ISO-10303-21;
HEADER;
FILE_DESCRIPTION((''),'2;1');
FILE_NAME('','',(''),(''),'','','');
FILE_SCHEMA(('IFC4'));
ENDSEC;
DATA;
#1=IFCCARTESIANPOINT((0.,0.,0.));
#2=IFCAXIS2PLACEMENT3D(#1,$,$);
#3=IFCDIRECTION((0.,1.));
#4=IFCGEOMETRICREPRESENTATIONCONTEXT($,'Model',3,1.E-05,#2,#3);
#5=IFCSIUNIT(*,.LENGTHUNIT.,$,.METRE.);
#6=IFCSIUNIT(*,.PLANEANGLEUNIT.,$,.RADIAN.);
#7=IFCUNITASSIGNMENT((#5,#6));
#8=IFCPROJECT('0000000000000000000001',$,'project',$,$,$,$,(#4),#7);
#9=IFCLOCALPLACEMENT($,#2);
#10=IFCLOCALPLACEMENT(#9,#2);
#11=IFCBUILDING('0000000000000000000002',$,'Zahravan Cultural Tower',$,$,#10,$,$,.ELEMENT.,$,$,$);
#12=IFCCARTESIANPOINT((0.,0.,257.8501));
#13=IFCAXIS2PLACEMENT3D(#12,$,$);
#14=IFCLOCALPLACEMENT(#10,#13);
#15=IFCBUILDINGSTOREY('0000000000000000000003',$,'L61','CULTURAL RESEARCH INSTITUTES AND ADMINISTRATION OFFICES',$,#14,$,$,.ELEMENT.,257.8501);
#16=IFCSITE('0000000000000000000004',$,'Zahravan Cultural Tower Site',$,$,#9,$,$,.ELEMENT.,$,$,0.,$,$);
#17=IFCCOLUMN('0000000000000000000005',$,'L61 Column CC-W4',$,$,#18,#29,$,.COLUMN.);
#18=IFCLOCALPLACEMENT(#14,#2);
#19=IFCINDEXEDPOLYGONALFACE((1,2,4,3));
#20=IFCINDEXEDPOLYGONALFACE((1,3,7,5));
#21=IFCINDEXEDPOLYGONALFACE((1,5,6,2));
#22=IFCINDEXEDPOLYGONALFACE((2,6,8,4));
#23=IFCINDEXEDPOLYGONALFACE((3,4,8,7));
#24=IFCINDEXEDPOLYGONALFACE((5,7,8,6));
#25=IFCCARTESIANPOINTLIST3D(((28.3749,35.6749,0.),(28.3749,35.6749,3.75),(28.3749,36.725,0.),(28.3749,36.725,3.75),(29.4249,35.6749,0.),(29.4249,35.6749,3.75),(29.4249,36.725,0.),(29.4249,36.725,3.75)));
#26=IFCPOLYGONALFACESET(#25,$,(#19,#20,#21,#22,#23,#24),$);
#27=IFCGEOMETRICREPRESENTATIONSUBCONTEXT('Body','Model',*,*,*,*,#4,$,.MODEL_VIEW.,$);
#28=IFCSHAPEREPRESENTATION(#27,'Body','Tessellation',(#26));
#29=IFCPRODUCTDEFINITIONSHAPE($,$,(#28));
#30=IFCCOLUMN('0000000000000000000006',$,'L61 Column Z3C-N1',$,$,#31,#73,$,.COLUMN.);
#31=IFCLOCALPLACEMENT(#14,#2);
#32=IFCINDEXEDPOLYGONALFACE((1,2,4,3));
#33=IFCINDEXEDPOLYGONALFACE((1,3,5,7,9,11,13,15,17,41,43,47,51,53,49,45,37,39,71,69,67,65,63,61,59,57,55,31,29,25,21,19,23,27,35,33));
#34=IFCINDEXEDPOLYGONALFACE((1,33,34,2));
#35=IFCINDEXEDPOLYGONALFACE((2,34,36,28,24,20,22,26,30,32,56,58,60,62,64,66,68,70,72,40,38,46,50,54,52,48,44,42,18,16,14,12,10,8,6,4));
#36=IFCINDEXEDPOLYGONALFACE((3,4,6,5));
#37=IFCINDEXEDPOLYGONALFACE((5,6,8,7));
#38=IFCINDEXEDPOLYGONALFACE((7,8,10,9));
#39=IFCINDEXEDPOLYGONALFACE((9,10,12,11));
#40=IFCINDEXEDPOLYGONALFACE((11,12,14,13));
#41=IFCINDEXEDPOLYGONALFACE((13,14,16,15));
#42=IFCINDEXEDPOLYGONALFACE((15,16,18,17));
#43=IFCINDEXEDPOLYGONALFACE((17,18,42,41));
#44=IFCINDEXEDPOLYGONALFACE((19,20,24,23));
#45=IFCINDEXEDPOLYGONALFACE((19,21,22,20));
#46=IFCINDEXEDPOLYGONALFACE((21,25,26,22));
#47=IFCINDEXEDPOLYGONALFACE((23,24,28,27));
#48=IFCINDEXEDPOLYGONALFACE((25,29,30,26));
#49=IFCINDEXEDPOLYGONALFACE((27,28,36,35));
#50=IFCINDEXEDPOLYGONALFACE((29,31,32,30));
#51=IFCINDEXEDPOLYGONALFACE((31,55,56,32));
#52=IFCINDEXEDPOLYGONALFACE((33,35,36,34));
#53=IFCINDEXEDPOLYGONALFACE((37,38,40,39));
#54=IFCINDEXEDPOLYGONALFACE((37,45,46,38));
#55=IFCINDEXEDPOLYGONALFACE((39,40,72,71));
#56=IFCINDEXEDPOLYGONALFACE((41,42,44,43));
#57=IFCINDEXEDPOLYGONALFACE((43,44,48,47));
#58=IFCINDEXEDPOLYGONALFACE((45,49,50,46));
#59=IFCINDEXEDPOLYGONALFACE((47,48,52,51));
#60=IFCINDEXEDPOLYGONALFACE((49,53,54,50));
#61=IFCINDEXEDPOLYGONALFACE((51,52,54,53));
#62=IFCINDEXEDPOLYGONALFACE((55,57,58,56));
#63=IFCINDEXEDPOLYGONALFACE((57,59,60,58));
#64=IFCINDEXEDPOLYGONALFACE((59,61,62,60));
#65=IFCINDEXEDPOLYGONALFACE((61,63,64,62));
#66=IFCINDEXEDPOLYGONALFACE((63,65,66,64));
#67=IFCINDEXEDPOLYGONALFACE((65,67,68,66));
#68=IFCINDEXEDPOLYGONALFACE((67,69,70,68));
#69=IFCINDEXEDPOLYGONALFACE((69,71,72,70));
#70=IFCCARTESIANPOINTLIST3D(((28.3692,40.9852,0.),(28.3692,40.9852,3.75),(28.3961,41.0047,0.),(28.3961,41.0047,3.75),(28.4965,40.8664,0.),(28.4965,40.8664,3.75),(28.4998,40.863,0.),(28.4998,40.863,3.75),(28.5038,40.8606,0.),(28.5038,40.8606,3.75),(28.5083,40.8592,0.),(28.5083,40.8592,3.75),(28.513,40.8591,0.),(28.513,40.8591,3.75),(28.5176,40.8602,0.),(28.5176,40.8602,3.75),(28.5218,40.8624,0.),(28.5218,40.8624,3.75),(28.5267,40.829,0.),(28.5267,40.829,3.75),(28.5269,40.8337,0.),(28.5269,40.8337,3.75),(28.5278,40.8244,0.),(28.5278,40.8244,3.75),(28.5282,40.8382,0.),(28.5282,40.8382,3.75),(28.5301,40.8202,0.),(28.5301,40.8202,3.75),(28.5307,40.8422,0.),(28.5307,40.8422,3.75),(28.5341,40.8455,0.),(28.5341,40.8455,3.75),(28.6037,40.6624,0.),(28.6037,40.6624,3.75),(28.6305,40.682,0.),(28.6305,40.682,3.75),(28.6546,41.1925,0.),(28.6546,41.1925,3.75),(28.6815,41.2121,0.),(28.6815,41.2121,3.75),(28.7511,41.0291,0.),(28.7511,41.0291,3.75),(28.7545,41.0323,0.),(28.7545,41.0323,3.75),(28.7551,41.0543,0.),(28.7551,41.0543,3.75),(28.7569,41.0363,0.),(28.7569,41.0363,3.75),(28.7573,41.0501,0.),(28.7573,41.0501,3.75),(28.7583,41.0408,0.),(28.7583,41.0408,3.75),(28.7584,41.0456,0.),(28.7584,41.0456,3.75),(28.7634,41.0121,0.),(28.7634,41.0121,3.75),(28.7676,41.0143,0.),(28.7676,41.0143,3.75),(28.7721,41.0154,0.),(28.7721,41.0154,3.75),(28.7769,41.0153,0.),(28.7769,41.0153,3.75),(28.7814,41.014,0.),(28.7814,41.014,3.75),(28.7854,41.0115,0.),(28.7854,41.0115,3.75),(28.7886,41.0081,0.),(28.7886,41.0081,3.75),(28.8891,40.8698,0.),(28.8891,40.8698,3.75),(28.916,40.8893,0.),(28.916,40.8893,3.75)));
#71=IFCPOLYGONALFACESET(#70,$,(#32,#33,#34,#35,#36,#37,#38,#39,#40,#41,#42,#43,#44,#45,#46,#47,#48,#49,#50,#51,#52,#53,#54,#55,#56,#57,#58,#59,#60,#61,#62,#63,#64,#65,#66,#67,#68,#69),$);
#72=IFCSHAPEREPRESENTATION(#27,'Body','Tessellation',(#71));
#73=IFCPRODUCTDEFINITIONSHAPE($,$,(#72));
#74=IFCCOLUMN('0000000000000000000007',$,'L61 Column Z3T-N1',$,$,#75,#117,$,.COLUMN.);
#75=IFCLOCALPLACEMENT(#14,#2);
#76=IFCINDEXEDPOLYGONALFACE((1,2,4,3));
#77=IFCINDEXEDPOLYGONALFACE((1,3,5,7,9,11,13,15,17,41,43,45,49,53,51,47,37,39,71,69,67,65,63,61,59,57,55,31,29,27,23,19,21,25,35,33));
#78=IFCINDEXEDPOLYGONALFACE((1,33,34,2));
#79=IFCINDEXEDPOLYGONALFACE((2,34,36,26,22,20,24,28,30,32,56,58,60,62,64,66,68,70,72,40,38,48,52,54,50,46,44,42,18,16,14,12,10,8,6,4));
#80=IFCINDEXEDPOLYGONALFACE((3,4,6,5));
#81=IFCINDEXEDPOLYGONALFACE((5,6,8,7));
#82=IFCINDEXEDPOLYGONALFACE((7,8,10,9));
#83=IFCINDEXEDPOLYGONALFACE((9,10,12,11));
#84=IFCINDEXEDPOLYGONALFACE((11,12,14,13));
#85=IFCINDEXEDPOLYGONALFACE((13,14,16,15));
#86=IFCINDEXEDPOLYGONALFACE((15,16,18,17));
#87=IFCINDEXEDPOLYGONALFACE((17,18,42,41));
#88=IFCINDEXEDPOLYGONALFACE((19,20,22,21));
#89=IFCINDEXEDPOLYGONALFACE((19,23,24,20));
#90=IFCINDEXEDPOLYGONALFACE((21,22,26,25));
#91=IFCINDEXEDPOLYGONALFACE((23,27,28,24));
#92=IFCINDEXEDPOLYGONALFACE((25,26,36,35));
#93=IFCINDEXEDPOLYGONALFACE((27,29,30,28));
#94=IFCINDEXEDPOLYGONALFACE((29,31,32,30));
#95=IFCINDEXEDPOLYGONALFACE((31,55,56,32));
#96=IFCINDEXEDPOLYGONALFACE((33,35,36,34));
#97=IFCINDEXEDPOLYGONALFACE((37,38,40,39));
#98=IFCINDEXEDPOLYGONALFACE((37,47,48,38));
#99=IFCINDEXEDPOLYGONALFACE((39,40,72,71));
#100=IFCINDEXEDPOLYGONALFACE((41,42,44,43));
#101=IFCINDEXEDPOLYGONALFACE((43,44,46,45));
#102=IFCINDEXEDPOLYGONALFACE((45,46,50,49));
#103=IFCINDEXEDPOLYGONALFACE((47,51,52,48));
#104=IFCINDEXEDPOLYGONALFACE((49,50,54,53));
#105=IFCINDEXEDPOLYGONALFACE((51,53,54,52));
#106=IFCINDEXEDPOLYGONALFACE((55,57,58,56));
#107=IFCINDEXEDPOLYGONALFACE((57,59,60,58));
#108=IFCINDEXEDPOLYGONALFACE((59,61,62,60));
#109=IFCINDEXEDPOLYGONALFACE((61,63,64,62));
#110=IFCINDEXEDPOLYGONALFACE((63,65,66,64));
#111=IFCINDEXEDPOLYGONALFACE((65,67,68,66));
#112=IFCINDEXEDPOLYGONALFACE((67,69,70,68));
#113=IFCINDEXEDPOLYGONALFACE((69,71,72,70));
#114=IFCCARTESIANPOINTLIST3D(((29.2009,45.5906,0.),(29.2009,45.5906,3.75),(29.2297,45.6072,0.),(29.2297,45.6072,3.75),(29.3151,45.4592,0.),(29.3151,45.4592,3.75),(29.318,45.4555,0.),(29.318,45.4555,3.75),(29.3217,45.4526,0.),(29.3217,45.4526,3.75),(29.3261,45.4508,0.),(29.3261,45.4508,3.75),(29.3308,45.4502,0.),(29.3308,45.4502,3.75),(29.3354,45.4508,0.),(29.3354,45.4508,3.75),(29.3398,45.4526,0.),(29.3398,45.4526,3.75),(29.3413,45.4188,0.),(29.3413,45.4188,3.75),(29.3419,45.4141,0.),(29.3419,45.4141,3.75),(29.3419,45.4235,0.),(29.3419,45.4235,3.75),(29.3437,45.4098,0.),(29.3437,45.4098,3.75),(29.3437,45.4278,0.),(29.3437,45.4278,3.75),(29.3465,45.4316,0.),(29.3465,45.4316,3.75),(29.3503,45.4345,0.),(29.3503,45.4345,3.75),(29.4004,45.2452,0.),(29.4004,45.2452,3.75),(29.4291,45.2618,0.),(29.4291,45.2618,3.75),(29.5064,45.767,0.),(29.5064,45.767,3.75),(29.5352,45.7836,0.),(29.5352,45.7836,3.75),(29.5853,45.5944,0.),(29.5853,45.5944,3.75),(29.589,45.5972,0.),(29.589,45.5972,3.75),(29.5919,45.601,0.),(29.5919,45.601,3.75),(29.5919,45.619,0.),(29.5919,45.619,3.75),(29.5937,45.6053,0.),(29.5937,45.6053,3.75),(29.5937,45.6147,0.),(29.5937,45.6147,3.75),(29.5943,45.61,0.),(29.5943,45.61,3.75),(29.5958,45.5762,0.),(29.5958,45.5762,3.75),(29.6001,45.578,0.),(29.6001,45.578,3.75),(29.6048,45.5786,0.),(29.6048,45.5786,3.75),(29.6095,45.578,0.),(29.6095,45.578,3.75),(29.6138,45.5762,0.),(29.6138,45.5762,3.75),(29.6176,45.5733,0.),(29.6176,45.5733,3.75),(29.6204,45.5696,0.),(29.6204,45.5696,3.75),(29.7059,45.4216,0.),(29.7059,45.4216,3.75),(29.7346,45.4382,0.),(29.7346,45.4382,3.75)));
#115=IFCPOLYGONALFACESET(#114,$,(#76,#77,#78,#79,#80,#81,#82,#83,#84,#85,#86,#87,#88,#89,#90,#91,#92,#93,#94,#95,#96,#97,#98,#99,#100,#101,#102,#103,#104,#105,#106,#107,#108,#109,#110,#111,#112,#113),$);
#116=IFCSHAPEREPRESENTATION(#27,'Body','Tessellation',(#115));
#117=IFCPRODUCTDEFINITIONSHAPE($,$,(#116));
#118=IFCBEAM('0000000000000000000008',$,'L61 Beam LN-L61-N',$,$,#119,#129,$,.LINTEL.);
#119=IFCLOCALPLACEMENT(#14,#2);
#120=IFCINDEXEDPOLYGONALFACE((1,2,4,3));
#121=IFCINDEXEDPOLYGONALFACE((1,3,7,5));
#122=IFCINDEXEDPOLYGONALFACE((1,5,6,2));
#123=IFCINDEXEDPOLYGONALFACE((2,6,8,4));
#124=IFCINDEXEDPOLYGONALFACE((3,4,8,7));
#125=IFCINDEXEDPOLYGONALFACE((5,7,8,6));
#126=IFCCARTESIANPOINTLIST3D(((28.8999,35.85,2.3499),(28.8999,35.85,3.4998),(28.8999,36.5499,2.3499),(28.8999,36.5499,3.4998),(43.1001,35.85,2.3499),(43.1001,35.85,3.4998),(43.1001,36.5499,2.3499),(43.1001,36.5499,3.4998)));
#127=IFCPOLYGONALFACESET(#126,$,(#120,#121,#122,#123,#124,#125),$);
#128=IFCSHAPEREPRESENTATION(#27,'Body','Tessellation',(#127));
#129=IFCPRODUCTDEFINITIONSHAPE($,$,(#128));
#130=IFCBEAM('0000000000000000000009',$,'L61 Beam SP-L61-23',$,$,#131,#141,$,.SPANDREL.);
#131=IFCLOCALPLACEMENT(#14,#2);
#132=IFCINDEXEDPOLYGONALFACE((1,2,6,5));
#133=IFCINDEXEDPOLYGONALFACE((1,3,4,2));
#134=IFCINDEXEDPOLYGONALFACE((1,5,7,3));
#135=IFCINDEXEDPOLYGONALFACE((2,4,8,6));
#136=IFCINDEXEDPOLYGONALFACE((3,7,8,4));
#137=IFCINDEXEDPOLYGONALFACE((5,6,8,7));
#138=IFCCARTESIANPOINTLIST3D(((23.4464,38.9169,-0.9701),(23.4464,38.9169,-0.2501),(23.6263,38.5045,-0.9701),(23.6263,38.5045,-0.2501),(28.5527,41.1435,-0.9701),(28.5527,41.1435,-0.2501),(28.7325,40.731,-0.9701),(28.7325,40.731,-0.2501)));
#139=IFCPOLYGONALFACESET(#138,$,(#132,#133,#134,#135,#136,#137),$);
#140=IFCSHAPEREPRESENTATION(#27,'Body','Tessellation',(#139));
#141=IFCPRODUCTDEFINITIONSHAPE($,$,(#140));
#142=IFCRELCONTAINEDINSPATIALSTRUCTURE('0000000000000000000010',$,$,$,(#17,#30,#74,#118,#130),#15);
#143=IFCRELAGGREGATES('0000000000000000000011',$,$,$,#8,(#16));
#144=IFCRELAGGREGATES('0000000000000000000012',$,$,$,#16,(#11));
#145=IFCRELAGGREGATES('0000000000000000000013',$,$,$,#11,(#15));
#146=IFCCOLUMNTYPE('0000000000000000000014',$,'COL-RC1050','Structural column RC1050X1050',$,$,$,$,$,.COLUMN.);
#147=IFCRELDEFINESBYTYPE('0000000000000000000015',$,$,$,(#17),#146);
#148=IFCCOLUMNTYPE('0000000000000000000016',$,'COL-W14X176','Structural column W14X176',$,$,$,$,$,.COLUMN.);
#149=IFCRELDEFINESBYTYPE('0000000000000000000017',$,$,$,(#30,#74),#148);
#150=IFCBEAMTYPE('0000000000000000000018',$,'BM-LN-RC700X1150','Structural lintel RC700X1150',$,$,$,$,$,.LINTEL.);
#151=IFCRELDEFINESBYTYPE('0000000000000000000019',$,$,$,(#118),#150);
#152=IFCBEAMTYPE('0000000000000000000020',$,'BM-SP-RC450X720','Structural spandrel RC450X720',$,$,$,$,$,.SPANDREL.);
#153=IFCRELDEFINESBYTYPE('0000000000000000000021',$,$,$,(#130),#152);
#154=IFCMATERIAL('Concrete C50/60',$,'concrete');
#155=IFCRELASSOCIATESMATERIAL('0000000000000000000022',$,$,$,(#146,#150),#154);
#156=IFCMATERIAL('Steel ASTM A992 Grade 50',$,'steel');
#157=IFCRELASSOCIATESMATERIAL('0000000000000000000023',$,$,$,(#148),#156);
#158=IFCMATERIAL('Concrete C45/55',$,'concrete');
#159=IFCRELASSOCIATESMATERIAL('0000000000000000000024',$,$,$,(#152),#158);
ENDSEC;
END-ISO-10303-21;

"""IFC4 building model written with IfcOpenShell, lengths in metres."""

from ifc_helpers import new_model, si_unit, direction, frame, origin, origin_2d, place, context, subcontext, project, spatial, rectangle, i_section, extrude, source, transform, mapped, material, material_profile, profile_set, type_object, element, save


model = new_model("IFC4")

# Units and contexts
model_context = context("Model", 3, precision=1e-05, world=origin(), true_north=direction((0.0, 1.0)))
body_context = subcontext(model_context, "Body", "Model", "MODEL_VIEW")
ifc_project = project(units=[si_unit("LENGTHUNIT", "METRE"), si_unit("PLANEANGLEUNIT", "RADIAN")], contexts=[model_context])

# Site, building, storey
site_placement = place(None, origin())
site = spatial("IfcSite", under=ifc_project, at=site_placement, Name="Zahravan Cultural Tower Site", CompositionType="ELEMENT", RefElevation=0.0)
building_placement = place(site_placement, origin())
building = spatial("IfcBuilding", under=site, at=building_placement, Name="Zahravan Cultural Tower", CompositionType="ELEMENT")
storey_placement = place(building_placement, frame((0.0, 0.0, 257.8501)))
storey = spatial("IfcBuildingStorey", under=building, at=storey_placement, Name="L61", Description="CULTURAL RESEARCH INSTITUTES AND ADMINISTRATION OFFICES", CompositionType="ELEMENT", Elevation=257.8501)

# Columns
ifc_material_1 = material(Name="Concrete C50/60", Category="concrete")
ifc_material_profile_1 = material_profile(ifc_material_1, rectangle(XDim=1.05, YDim=1.05, at=origin_2d()), Name="RC1050X1050")
ifc_profile_set_1 = profile_set([ifc_material_profile_1], Name="Concrete C50/60")
column_type_1 = type_object("IfcColumnType", Name="COL-RC1050", Description="Structural column RC1050X1050", PredefinedType="COLUMN", material=ifc_profile_set_1)
shared_shape_1 = source(origin(), body_context, "Body", "SweptSolid", [
    extrude(rectangle(XDim=1.05, YDim=1.05, at=origin_2d()), origin(), (0.0, 0.0, 1.0), 3.75),
])
column_placement = place(storey_placement, frame((28.8999, 36.2, 0.0), z_axis=(0.0, 0.0, 1.0), x_axis=(1.0, 0.0, 0.0)))
element("IfcColumn", 1, at=column_placement, inside=storey, type_object=column_type_1, Name="L61 Column CC-W4", PredefinedType="COLUMN", context=body_context, shape_type="MappedRepresentation", body=[
    mapped(shared_shape_1, transform((0.0, 0.0, 0.0), x_axis=(1.0, 0.0, 0.0), y_axis=(0.0, 1.0, 0.0), z_axis=(0.0, 0.0, 1.0), scale=1.0)),
])
ifc_material_2 = material(Name="Steel ASTM A992 Grade 50", Category="steel")
ifc_material_profile_2 = material_profile(ifc_material_2, i_section(OverallWidth=0.3989, OverallDepth=0.386, WebThickness=0.021, FlangeThickness=0.0332, FilletRadius=0.0181, at=origin_2d()), Name="W14X176")
ifc_profile_set_2 = profile_set([ifc_material_profile_2], Name="Steel ASTM A992 Grade 50")
column_type_2 = type_object("IfcColumnType", Name="COL-W14X176", Description="Structural column W14X176", PredefinedType="COLUMN", material=ifc_profile_set_2)
shared_shape_2 = source(origin(), body_context, "Body", "SweptSolid", [
    extrude(i_section(OverallWidth=0.3989, OverallDepth=0.386, WebThickness=0.021, FlangeThickness=0.0332, FilletRadius=0.0181, at=origin_2d()), origin(), (0.0, 0.0, 1.0), 3.75),
])
for number, where, z_axis, x_axis, name in (
    (2, (28.6426, 40.9373, 0.0), (0.0, 0.0, 1.0), (-0.587785, 0.809017, 0.0), "L61 Column Z3C-N1"),
    (3, (29.4678, 45.5144, 0.0), (0.0, 0.0, 1.0), (-0.5, 0.866025, 0.0), "L61 Column Z3T-N1"),
):
    element("IfcColumn", number, at=place(storey_placement, frame(where, z_axis=z_axis, x_axis=x_axis)), inside=storey, type_object=column_type_2, Name=name, PredefinedType="COLUMN", context=body_context, shape_type="MappedRepresentation", body=[
        mapped(shared_shape_2, transform((0.0, 0.0, 0.0), x_axis=(1.0, 0.0, 0.0), y_axis=(0.0, 1.0, 0.0), z_axis=(0.0, 0.0, 1.0), scale=1.0)),
    ])

# Beams
ifc_material_profile_3 = material_profile(ifc_material_1, rectangle(XDim=0.7, YDim=1.1499, at=origin_2d()), Name="RC700X1150")
ifc_profile_set_3 = profile_set([ifc_material_profile_3], Name="Concrete C50/60")
beam_type_1 = type_object("IfcBeamType", Name="BM-LN-RC700X1150", Description="Structural lintel RC700X1150", PredefinedType="LINTEL", material=ifc_profile_set_3)
shared_shape_3 = source(origin(), body_context, "Body", "SweptSolid", [
    extrude(rectangle(XDim=0.7, YDim=1.1499, at=origin_2d()), origin(), (0.0, 0.0, 1.0), 14.2002),
])
beam_1_placement = place(storey_placement, frame((28.8999, 36.2, 2.9248), z_axis=(1.0, 0.0, 0.0), x_axis=(0.0, 1.0, 0.0)))
element("IfcBeam", 4, at=beam_1_placement, inside=storey, type_object=beam_type_1, Name="L61 Beam LN-L61-N", PredefinedType="LINTEL", context=body_context, shape_type="MappedRepresentation", body=[
    mapped(shared_shape_3, transform((0.0, 0.0, 0.0), x_axis=(1.0, 0.0, 0.0), y_axis=(0.0, 1.0, 0.0), z_axis=(0.0, 0.0, 1.0), scale=1.0)),
])
ifc_material_3 = material(Name="Concrete C45/55", Category="concrete")
ifc_material_profile_4 = material_profile(ifc_material_3, rectangle(XDim=0.45, YDim=0.72, at=origin_2d()), Name="RC450X720")
ifc_profile_set_4 = profile_set([ifc_material_profile_4], Name="Concrete C45/55")
beam_type_2 = type_object("IfcBeamType", Name="BM-SP-RC450X720", Description="Structural spandrel RC450X720", PredefinedType="SPANDREL", material=ifc_profile_set_4)
shared_shape_4 = source(origin(), body_context, "Body", "SweptSolid", [
    extrude(rectangle(XDim=0.45, YDim=0.72, at=origin_2d()), origin(), (0.0, 0.0, 1.0), 5.5706),
])
beam_2_placement = place(storey_placement, frame((28.6426, 40.9373, -0.6101), z_axis=(-0.916645, -0.399703, 0.0), x_axis=(0.399703, -0.916645, 0.0)))
element("IfcBeam", 5, at=beam_2_placement, inside=storey, type_object=beam_type_2, Name="L61 Beam SP-L61-23", PredefinedType="SPANDREL", context=body_context, shape_type="MappedRepresentation", body=[
    mapped(shared_shape_4, transform((0.0, 0.0, 0.0), x_axis=(1.0, 0.0, 0.0), y_axis=(0.0, 1.0, 0.0), z_axis=(0.0, 0.0, 1.0), scale=1.0)),
])

save(model, "model.ifc")
